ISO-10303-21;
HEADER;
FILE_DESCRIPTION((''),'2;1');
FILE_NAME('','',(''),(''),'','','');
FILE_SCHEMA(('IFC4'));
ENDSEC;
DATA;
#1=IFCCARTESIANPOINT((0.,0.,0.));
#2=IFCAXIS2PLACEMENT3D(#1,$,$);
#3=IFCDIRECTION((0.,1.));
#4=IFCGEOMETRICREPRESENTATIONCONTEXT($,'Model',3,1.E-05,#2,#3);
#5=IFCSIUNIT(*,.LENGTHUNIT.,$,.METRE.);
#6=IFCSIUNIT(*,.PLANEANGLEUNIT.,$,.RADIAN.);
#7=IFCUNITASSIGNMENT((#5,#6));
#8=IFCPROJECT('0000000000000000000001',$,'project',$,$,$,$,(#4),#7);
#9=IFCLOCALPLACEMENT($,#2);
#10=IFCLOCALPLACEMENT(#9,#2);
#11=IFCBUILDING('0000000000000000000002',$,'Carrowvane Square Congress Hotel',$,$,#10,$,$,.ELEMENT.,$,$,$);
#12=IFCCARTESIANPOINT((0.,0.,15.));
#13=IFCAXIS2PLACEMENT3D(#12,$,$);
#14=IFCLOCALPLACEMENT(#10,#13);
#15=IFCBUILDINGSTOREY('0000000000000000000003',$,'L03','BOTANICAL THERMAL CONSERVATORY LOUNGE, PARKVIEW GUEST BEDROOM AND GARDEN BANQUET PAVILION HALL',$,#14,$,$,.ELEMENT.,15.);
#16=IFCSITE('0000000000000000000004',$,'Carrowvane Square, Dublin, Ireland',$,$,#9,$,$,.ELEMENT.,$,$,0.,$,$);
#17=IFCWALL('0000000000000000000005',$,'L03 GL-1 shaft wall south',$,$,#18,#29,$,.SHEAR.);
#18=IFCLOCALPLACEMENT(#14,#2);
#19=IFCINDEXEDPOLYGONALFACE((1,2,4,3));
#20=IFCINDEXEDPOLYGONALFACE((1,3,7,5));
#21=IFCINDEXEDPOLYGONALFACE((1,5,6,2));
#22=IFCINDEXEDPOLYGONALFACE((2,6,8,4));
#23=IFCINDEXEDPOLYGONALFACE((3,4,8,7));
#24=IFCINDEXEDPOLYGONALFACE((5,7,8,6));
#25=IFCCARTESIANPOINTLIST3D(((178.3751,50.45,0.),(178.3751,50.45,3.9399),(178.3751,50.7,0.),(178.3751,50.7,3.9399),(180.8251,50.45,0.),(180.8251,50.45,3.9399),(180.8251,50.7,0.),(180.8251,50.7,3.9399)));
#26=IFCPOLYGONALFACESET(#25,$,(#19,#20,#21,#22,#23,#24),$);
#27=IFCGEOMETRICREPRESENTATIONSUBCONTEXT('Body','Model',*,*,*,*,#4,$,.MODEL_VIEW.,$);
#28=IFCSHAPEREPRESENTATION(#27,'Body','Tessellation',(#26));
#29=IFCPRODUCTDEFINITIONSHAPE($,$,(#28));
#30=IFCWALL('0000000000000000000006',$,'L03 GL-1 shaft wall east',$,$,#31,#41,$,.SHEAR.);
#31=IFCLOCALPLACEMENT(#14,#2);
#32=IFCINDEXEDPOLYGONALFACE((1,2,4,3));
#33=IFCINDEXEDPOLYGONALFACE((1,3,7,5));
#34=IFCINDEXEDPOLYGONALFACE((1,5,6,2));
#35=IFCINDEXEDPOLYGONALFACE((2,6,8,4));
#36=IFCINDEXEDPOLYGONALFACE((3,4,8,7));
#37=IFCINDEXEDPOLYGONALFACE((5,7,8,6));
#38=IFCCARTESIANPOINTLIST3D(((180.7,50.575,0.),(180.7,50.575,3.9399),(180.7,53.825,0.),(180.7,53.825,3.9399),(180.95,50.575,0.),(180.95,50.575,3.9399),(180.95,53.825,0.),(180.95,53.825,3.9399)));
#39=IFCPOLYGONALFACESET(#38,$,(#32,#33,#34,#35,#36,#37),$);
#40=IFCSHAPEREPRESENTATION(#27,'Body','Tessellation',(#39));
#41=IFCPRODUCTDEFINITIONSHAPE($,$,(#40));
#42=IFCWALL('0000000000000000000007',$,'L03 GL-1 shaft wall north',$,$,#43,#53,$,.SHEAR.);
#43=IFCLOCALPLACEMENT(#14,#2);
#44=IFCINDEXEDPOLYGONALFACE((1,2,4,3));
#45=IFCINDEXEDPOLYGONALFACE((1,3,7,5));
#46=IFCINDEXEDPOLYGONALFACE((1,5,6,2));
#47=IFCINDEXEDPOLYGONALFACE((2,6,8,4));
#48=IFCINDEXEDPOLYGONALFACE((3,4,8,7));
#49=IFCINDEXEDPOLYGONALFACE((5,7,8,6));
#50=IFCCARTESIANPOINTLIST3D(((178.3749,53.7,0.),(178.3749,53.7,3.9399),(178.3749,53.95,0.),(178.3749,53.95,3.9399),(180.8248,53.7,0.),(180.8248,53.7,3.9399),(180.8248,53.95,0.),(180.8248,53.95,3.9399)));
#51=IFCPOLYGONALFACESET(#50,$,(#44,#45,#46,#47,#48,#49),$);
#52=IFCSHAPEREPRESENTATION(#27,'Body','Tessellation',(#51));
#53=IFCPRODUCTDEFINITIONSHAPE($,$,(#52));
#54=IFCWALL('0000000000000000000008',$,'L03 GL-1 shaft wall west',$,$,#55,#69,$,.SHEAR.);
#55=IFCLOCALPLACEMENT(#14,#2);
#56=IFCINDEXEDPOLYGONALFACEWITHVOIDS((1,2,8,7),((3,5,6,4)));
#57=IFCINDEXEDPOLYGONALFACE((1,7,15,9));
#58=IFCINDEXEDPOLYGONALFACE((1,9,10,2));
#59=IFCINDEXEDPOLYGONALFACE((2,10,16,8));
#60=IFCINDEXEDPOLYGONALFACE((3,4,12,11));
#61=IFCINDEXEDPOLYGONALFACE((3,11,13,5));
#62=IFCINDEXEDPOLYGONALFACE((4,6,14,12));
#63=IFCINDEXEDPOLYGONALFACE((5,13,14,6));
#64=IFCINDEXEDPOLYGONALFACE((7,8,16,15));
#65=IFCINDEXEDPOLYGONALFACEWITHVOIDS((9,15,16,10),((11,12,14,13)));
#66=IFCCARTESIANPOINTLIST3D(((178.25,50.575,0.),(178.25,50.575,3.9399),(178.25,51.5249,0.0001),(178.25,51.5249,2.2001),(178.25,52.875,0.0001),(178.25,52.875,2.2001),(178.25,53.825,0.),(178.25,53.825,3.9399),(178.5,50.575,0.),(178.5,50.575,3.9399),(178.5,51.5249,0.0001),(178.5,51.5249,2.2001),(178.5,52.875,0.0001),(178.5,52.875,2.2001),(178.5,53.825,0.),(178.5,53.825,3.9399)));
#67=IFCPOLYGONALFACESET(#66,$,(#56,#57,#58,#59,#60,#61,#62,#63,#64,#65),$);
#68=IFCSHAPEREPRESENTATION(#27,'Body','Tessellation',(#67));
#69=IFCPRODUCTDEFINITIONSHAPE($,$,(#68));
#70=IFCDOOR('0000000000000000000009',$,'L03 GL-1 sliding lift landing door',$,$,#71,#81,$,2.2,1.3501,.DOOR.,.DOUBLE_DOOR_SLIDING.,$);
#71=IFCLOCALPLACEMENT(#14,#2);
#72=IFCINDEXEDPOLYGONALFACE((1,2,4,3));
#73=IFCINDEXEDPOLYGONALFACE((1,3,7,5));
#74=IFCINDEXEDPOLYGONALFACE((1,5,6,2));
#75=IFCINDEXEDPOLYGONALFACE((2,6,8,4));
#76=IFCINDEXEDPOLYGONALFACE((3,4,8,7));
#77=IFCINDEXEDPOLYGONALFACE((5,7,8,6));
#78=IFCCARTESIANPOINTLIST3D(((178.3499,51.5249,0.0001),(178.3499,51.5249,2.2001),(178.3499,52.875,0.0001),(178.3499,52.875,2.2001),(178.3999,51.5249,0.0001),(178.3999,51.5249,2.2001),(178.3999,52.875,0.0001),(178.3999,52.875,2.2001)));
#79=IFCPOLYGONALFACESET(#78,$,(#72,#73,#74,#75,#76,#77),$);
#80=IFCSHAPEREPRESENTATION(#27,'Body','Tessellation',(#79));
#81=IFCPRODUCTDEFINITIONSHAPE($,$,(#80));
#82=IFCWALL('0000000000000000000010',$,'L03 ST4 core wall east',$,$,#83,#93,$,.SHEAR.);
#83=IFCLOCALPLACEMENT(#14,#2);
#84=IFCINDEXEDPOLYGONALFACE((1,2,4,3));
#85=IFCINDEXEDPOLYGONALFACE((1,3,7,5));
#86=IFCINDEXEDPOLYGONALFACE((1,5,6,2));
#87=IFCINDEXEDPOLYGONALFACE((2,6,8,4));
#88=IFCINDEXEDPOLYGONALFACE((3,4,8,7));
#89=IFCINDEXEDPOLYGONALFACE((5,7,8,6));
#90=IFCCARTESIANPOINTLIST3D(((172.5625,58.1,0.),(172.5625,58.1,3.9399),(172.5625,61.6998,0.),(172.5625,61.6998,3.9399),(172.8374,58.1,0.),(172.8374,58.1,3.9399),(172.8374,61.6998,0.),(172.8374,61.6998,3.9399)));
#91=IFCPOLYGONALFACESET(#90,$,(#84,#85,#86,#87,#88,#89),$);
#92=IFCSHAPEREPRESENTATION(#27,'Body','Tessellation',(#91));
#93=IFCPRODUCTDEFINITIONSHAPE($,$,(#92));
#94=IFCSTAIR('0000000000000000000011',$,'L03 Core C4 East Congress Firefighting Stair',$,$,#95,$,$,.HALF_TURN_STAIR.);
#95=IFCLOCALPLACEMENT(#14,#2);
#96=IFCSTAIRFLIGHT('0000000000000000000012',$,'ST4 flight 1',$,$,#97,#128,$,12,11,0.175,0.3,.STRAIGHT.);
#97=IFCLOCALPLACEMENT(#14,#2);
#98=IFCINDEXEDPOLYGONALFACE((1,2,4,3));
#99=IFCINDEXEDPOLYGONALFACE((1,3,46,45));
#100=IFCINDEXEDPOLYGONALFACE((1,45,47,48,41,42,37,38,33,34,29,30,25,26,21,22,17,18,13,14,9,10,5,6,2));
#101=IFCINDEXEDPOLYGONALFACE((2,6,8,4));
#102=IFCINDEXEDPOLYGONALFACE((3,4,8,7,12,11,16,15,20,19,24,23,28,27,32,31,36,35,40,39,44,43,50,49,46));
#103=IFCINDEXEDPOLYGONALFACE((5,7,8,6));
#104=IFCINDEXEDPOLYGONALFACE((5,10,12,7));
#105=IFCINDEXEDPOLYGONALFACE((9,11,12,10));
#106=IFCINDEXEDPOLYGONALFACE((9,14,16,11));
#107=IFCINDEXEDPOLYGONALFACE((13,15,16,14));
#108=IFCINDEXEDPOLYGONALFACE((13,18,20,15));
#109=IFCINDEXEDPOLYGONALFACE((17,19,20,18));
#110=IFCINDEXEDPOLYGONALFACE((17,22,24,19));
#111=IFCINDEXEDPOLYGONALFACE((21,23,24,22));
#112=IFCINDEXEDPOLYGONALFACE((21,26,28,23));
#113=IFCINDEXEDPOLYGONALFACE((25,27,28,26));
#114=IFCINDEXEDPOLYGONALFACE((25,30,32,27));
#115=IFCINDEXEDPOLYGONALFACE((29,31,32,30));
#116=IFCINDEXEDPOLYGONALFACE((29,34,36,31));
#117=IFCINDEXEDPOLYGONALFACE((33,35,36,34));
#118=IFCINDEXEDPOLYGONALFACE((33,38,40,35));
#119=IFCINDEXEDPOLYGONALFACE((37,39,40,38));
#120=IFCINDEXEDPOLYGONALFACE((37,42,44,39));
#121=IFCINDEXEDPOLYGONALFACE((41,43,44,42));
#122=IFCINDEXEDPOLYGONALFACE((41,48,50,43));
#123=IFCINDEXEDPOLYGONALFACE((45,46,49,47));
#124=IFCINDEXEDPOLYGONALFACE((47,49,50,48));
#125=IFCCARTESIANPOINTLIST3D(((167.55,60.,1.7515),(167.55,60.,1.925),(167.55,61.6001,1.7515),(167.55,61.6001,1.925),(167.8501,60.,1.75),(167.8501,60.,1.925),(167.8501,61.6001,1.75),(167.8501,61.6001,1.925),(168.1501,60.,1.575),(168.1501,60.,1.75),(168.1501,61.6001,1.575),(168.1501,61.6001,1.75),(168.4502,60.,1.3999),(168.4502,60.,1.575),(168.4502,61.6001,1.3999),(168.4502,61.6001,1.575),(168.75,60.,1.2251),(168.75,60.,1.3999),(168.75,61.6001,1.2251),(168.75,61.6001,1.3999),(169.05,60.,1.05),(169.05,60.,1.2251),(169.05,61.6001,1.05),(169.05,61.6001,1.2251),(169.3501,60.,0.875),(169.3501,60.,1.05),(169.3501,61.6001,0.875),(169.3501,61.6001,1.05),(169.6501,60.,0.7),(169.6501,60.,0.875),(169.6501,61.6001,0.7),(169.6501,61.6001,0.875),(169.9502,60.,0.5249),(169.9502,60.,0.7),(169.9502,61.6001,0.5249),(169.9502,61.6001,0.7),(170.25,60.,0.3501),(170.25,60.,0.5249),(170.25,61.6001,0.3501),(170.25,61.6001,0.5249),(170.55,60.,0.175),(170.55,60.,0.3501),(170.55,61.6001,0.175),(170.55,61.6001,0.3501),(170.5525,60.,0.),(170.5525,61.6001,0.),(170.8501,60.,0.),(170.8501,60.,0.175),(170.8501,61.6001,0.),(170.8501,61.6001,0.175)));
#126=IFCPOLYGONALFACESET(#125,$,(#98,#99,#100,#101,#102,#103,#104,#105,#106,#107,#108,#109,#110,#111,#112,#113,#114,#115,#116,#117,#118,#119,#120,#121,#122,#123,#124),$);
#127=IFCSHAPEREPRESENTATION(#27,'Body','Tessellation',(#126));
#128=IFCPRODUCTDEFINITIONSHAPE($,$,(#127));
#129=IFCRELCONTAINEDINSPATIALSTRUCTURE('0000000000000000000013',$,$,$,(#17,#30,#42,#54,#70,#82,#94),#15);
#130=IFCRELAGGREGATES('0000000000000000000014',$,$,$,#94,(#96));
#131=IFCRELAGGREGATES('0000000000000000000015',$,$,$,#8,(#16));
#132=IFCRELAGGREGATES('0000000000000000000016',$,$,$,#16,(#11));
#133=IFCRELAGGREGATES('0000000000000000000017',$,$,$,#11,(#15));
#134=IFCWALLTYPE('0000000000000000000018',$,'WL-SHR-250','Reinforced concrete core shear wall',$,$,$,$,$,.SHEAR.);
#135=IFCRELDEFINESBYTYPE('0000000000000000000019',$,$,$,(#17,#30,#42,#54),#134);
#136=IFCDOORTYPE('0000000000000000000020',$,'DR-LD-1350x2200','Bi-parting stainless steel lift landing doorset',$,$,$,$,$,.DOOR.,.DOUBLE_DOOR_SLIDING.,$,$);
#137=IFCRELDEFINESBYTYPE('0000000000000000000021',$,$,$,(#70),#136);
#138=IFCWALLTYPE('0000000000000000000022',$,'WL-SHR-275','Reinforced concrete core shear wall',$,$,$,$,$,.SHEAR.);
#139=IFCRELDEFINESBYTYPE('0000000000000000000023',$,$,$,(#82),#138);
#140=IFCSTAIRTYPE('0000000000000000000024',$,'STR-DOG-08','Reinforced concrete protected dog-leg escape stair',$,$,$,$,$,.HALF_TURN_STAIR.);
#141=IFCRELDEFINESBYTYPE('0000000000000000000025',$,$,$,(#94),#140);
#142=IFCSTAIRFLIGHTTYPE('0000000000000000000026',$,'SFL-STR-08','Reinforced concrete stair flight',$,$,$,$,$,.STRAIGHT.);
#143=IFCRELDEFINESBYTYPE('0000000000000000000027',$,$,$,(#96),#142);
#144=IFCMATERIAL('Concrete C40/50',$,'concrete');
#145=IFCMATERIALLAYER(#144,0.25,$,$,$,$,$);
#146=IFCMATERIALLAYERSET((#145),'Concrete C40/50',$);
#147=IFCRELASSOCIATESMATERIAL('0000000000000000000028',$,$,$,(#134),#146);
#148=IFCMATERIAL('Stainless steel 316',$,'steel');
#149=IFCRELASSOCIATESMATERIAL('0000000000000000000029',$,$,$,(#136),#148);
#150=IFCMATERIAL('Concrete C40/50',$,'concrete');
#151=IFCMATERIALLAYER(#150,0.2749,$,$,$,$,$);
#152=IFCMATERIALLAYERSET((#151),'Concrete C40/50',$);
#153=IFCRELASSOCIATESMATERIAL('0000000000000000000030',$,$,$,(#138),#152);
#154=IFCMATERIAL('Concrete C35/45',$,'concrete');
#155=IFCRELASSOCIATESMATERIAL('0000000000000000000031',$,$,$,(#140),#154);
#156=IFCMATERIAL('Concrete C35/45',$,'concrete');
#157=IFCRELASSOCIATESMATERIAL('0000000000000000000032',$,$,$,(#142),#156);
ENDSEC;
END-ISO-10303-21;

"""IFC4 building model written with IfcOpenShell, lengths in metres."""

from ifc_helpers import new_model, si_unit, direction, frame, frame_2d, origin, place, context, subcontext, project, spatial, polyline, rectangle, outline, extrude, material, layer, layer_set, type_object, element, fill, aggregate, save


model = new_model("IFC4")

# Units and contexts
model_context = context("Model", 3, precision=1e-05, world=origin(), true_north=direction((0.0, 1.0)))
body_context = subcontext(model_context, "Body", "Model", "MODEL_VIEW")
ifc_project = project(units=[si_unit("LENGTHUNIT", "METRE"), si_unit("PLANEANGLEUNIT", "RADIAN")], contexts=[model_context])

# Site, building, storey
site_placement = place(None, origin())
site = spatial("IfcSite", under=ifc_project, at=site_placement, Name="Carrowvane Square, Dublin, Ireland", CompositionType="ELEMENT", RefElevation=0.0)
building_placement = place(site_placement, origin())
building = spatial("IfcBuilding", under=site, at=building_placement, Name="Carrowvane Square Congress Hotel", CompositionType="ELEMENT")
storey_placement = place(building_placement, frame((0.0, 0.0, 15.0)))
storey = spatial("IfcBuildingStorey", under=building, at=storey_placement, Name="L03", Description="BOTANICAL THERMAL CONSERVATORY LOUNGE, PARKVIEW GUEST BEDROOM AND GARDEN BANQUET PAVILION HALL", CompositionType="ELEMENT", Elevation=15.0)

# Shared definitions
ifc_material_1 = material(Name="Concrete C40/50", Category="concrete")
ifc_layer_1 = layer(ifc_material_1, 0.25)
ifc_layer_set_1 = layer_set([ifc_layer_1], Name="Concrete C40/50")
wall_type_1 = type_object("IfcWallType", Name="WL-SHR-250", Description="Reinforced concrete core shear wall", PredefinedType="SHEAR", material=ifc_layer_set_1)

# Walls
wall_1_placement = place(storey_placement, frame((178.375, 50.575, 0.0), z_axis=(0.0, 0.0, 1.0), x_axis=(1.0, 0.0, 0.0)))
element("IfcWall", 1, at=wall_1_placement, inside=storey, type_object=wall_type_1, Name="L03 GL-1 shaft wall south", PredefinedType="SHEAR", context=body_context, shape_type="SweptSolid", body=[
    extrude(rectangle(XDim=2.45, YDim=0.25, at=frame_2d((1.2251, 0.0))), origin(), (0.0, 0.0, 1.0), 3.9399),
])
wall_2_placement = place(storey_placement, frame((180.825, 50.575, 0.0), z_axis=(0.0, 0.0, 1.0), x_axis=(0.0, 1.0, 0.0)))
element("IfcWall", 2, at=wall_2_placement, inside=storey, type_object=wall_type_1, Name="L03 GL-1 shaft wall east", PredefinedType="SHEAR", context=body_context, shape_type="SweptSolid", body=[
    extrude(rectangle(XDim=3.25, YDim=0.25, at=frame_2d((1.625, 0.0))), origin(), (0.0, 0.0, 1.0), 3.9399),
])
wall_3_placement = place(storey_placement, frame((180.825, 53.825, 0.0), z_axis=(0.0, 0.0, 1.0), x_axis=(-1.0, 0.0, 0.0)))
element("IfcWall", 3, at=wall_3_placement, inside=storey, type_object=wall_type_1, Name="L03 GL-1 shaft wall north", PredefinedType="SHEAR", context=body_context, shape_type="SweptSolid", body=[
    extrude(rectangle(XDim=2.45, YDim=0.25, at=frame_2d((1.2251, 0.0))), origin(), (0.0, 0.0, 1.0), 3.9399),
])

# Wall, opening, door
wall_4_placement = place(storey_placement, frame((178.375, 53.825, 0.0), z_axis=(0.0, 0.0, 1.0), x_axis=(0.0, -1.0, 0.0)))
wall_4 = element("IfcWall", 4, at=wall_4_placement, inside=storey, type_object=wall_type_1, Name="L03 GL-1 shaft wall west", PredefinedType="SHEAR", context=body_context, shape_type="SweptSolid", body=[
    extrude(rectangle(XDim=3.25, YDim=0.25, at=frame_2d((1.625, 0.0))), origin(), (0.0, 0.0, 1.0), 3.9399),
])
opening_1_placement = place(wall_4_placement, frame((0.95, 0.0, 0.0)))
opening_1 = element("IfcOpeningElement", 5, at=opening_1_placement, cuts=wall_4, PredefinedType="OPENING", context=body_context, shape_type="SweptSolid", body=[
    extrude(rectangle(XDim=1.3501, YDim=2.2, at=frame_2d((0.675, 1.1001))), frame((0.0, 0.135, 0.0), z_axis=(0.0, -1.0, 0.0), x_axis=(1.0, 0.0, 0.0)), (0.0, 0.0, 1.0), 0.27),
])
ifc_material_2 = material(Name="Stainless steel 316", Category="steel")
door_type_1 = type_object("IfcDoorType", Name="DR-LD-1350x2200", Description="Bi-parting stainless steel lift landing doorset", OperationType="DOUBLE_DOOR_SLIDING", PredefinedType="DOOR", material=ifc_material_2)
door_1_placement = place(opening_1_placement, origin())
door_1 = element("IfcDoor", 6, at=door_1_placement, inside=storey, type_object=door_type_1, Name="L03 GL-1 sliding lift landing door", OperationType="DOUBLE_DOOR_SLIDING", OverallHeight=2.2, OverallWidth=1.3501, PredefinedType="DOOR", context=body_context, shape_type="SweptSolid", body=[
    extrude(rectangle(XDim=1.3501, YDim=2.2, at=frame_2d((0.675, 1.1001))), frame((0.0, 0.0249, 0.0), z_axis=(0.0, -1.0, 0.0), x_axis=(1.0, 0.0, 0.0)), (0.0, 0.0, 1.0), 0.05),
])
fill(opening_1, door_1)

# Wall
ifc_material_3 = material(Name="Concrete C40/50", Category="concrete")
ifc_layer_2 = layer(ifc_material_3, 0.2749)
ifc_layer_set_2 = layer_set([ifc_layer_2], Name="Concrete C40/50")
wall_type_2 = type_object("IfcWallType", Name="WL-SHR-275", Description="Reinforced concrete core shear wall", PredefinedType="SHEAR", material=ifc_layer_set_2)
wall_5_placement = place(storey_placement, frame((172.7, 58.1001, 0.0), z_axis=(0.0, 0.0, 1.0), x_axis=(0.0, 1.0, 0.0)))
element("IfcWall", 7, at=wall_5_placement, inside=storey, type_object=wall_type_2, Name="L03 ST4 core wall east", PredefinedType="SHEAR", context=body_context, shape_type="SweptSolid", body=[
    extrude(rectangle(XDim=3.5999, YDim=0.2749, at=frame_2d((1.7998, 0.0))), origin(), (0.0, 0.0, 1.0), 3.9399),
])

# Stair, stair flight
ifc_material_4 = material(Name="Concrete C35/45", Category="concrete")
stair_type = type_object("IfcStairType", Name="STR-DOG-08", Description="Reinforced concrete protected dog-leg escape stair", PredefinedType="HALF_TURN_STAIR", material=ifc_material_4)
stair_placement = place(storey_placement, origin())
stair = element("IfcStair", 8, at=stair_placement, inside=storey, type_object=stair_type, Name="L03 Core C4 East Congress Firefighting Stair", PredefinedType="HALF_TURN_STAIR")
ifc_material_5 = material(Name="Concrete C35/45", Category="concrete")
stair_flight_type = type_object("IfcStairFlightType", Name="SFL-STR-08", Description="Reinforced concrete stair flight", PredefinedType="STRAIGHT", material=ifc_material_5)
stair_flight_placement = place(storey_placement, frame((170.8501, 60.8, 0.0), z_axis=(0.0, 0.0, 1.0), x_axis=(-1.0, 0.0, 0.0)))
stair_flight = element("IfcStairFlight", 9, at=stair_flight_placement, type_object=stair_flight_type, Name="ST4 flight 1", NumberOfRisers=12, NumberOfTreads=11, PredefinedType="STRAIGHT", RiserHeight=0.175, TreadLength=0.3, context=body_context, shape_type="SweptSolid", body=[
    extrude(outline(polyline([(0.0, 0.0), (0.0, 0.175), (0.3, 0.175), (0.3, 0.3501), (0.6001, 0.3501), (0.6001, 0.5249), (0.8999, 0.5249), (0.8999, 0.7), (1.2, 0.7), (1.2, 0.875), (1.5, 0.875), (1.5, 1.05), (1.8, 1.05), (1.8, 1.2251), (2.1001, 1.2251), (2.1001, 1.3999), (2.3999, 1.3999), (2.3999, 1.575), (2.7, 1.575), (2.7, 1.75), (3.0, 1.75), (3.0, 1.925), (3.3, 1.925), (3.3, 2.1001), (3.3, 1.7515), (0.2976, 0.0), (0.0, 0.0)])), frame((0.0, 0.8, 0.0), z_axis=(0.0, -1.0, 0.0), x_axis=(1.0, 0.0, 0.0)), (0.0, 0.0, 1.0), 1.6001),
])
aggregate(stair, [stair_flight])

save(model, "model.ifc")
